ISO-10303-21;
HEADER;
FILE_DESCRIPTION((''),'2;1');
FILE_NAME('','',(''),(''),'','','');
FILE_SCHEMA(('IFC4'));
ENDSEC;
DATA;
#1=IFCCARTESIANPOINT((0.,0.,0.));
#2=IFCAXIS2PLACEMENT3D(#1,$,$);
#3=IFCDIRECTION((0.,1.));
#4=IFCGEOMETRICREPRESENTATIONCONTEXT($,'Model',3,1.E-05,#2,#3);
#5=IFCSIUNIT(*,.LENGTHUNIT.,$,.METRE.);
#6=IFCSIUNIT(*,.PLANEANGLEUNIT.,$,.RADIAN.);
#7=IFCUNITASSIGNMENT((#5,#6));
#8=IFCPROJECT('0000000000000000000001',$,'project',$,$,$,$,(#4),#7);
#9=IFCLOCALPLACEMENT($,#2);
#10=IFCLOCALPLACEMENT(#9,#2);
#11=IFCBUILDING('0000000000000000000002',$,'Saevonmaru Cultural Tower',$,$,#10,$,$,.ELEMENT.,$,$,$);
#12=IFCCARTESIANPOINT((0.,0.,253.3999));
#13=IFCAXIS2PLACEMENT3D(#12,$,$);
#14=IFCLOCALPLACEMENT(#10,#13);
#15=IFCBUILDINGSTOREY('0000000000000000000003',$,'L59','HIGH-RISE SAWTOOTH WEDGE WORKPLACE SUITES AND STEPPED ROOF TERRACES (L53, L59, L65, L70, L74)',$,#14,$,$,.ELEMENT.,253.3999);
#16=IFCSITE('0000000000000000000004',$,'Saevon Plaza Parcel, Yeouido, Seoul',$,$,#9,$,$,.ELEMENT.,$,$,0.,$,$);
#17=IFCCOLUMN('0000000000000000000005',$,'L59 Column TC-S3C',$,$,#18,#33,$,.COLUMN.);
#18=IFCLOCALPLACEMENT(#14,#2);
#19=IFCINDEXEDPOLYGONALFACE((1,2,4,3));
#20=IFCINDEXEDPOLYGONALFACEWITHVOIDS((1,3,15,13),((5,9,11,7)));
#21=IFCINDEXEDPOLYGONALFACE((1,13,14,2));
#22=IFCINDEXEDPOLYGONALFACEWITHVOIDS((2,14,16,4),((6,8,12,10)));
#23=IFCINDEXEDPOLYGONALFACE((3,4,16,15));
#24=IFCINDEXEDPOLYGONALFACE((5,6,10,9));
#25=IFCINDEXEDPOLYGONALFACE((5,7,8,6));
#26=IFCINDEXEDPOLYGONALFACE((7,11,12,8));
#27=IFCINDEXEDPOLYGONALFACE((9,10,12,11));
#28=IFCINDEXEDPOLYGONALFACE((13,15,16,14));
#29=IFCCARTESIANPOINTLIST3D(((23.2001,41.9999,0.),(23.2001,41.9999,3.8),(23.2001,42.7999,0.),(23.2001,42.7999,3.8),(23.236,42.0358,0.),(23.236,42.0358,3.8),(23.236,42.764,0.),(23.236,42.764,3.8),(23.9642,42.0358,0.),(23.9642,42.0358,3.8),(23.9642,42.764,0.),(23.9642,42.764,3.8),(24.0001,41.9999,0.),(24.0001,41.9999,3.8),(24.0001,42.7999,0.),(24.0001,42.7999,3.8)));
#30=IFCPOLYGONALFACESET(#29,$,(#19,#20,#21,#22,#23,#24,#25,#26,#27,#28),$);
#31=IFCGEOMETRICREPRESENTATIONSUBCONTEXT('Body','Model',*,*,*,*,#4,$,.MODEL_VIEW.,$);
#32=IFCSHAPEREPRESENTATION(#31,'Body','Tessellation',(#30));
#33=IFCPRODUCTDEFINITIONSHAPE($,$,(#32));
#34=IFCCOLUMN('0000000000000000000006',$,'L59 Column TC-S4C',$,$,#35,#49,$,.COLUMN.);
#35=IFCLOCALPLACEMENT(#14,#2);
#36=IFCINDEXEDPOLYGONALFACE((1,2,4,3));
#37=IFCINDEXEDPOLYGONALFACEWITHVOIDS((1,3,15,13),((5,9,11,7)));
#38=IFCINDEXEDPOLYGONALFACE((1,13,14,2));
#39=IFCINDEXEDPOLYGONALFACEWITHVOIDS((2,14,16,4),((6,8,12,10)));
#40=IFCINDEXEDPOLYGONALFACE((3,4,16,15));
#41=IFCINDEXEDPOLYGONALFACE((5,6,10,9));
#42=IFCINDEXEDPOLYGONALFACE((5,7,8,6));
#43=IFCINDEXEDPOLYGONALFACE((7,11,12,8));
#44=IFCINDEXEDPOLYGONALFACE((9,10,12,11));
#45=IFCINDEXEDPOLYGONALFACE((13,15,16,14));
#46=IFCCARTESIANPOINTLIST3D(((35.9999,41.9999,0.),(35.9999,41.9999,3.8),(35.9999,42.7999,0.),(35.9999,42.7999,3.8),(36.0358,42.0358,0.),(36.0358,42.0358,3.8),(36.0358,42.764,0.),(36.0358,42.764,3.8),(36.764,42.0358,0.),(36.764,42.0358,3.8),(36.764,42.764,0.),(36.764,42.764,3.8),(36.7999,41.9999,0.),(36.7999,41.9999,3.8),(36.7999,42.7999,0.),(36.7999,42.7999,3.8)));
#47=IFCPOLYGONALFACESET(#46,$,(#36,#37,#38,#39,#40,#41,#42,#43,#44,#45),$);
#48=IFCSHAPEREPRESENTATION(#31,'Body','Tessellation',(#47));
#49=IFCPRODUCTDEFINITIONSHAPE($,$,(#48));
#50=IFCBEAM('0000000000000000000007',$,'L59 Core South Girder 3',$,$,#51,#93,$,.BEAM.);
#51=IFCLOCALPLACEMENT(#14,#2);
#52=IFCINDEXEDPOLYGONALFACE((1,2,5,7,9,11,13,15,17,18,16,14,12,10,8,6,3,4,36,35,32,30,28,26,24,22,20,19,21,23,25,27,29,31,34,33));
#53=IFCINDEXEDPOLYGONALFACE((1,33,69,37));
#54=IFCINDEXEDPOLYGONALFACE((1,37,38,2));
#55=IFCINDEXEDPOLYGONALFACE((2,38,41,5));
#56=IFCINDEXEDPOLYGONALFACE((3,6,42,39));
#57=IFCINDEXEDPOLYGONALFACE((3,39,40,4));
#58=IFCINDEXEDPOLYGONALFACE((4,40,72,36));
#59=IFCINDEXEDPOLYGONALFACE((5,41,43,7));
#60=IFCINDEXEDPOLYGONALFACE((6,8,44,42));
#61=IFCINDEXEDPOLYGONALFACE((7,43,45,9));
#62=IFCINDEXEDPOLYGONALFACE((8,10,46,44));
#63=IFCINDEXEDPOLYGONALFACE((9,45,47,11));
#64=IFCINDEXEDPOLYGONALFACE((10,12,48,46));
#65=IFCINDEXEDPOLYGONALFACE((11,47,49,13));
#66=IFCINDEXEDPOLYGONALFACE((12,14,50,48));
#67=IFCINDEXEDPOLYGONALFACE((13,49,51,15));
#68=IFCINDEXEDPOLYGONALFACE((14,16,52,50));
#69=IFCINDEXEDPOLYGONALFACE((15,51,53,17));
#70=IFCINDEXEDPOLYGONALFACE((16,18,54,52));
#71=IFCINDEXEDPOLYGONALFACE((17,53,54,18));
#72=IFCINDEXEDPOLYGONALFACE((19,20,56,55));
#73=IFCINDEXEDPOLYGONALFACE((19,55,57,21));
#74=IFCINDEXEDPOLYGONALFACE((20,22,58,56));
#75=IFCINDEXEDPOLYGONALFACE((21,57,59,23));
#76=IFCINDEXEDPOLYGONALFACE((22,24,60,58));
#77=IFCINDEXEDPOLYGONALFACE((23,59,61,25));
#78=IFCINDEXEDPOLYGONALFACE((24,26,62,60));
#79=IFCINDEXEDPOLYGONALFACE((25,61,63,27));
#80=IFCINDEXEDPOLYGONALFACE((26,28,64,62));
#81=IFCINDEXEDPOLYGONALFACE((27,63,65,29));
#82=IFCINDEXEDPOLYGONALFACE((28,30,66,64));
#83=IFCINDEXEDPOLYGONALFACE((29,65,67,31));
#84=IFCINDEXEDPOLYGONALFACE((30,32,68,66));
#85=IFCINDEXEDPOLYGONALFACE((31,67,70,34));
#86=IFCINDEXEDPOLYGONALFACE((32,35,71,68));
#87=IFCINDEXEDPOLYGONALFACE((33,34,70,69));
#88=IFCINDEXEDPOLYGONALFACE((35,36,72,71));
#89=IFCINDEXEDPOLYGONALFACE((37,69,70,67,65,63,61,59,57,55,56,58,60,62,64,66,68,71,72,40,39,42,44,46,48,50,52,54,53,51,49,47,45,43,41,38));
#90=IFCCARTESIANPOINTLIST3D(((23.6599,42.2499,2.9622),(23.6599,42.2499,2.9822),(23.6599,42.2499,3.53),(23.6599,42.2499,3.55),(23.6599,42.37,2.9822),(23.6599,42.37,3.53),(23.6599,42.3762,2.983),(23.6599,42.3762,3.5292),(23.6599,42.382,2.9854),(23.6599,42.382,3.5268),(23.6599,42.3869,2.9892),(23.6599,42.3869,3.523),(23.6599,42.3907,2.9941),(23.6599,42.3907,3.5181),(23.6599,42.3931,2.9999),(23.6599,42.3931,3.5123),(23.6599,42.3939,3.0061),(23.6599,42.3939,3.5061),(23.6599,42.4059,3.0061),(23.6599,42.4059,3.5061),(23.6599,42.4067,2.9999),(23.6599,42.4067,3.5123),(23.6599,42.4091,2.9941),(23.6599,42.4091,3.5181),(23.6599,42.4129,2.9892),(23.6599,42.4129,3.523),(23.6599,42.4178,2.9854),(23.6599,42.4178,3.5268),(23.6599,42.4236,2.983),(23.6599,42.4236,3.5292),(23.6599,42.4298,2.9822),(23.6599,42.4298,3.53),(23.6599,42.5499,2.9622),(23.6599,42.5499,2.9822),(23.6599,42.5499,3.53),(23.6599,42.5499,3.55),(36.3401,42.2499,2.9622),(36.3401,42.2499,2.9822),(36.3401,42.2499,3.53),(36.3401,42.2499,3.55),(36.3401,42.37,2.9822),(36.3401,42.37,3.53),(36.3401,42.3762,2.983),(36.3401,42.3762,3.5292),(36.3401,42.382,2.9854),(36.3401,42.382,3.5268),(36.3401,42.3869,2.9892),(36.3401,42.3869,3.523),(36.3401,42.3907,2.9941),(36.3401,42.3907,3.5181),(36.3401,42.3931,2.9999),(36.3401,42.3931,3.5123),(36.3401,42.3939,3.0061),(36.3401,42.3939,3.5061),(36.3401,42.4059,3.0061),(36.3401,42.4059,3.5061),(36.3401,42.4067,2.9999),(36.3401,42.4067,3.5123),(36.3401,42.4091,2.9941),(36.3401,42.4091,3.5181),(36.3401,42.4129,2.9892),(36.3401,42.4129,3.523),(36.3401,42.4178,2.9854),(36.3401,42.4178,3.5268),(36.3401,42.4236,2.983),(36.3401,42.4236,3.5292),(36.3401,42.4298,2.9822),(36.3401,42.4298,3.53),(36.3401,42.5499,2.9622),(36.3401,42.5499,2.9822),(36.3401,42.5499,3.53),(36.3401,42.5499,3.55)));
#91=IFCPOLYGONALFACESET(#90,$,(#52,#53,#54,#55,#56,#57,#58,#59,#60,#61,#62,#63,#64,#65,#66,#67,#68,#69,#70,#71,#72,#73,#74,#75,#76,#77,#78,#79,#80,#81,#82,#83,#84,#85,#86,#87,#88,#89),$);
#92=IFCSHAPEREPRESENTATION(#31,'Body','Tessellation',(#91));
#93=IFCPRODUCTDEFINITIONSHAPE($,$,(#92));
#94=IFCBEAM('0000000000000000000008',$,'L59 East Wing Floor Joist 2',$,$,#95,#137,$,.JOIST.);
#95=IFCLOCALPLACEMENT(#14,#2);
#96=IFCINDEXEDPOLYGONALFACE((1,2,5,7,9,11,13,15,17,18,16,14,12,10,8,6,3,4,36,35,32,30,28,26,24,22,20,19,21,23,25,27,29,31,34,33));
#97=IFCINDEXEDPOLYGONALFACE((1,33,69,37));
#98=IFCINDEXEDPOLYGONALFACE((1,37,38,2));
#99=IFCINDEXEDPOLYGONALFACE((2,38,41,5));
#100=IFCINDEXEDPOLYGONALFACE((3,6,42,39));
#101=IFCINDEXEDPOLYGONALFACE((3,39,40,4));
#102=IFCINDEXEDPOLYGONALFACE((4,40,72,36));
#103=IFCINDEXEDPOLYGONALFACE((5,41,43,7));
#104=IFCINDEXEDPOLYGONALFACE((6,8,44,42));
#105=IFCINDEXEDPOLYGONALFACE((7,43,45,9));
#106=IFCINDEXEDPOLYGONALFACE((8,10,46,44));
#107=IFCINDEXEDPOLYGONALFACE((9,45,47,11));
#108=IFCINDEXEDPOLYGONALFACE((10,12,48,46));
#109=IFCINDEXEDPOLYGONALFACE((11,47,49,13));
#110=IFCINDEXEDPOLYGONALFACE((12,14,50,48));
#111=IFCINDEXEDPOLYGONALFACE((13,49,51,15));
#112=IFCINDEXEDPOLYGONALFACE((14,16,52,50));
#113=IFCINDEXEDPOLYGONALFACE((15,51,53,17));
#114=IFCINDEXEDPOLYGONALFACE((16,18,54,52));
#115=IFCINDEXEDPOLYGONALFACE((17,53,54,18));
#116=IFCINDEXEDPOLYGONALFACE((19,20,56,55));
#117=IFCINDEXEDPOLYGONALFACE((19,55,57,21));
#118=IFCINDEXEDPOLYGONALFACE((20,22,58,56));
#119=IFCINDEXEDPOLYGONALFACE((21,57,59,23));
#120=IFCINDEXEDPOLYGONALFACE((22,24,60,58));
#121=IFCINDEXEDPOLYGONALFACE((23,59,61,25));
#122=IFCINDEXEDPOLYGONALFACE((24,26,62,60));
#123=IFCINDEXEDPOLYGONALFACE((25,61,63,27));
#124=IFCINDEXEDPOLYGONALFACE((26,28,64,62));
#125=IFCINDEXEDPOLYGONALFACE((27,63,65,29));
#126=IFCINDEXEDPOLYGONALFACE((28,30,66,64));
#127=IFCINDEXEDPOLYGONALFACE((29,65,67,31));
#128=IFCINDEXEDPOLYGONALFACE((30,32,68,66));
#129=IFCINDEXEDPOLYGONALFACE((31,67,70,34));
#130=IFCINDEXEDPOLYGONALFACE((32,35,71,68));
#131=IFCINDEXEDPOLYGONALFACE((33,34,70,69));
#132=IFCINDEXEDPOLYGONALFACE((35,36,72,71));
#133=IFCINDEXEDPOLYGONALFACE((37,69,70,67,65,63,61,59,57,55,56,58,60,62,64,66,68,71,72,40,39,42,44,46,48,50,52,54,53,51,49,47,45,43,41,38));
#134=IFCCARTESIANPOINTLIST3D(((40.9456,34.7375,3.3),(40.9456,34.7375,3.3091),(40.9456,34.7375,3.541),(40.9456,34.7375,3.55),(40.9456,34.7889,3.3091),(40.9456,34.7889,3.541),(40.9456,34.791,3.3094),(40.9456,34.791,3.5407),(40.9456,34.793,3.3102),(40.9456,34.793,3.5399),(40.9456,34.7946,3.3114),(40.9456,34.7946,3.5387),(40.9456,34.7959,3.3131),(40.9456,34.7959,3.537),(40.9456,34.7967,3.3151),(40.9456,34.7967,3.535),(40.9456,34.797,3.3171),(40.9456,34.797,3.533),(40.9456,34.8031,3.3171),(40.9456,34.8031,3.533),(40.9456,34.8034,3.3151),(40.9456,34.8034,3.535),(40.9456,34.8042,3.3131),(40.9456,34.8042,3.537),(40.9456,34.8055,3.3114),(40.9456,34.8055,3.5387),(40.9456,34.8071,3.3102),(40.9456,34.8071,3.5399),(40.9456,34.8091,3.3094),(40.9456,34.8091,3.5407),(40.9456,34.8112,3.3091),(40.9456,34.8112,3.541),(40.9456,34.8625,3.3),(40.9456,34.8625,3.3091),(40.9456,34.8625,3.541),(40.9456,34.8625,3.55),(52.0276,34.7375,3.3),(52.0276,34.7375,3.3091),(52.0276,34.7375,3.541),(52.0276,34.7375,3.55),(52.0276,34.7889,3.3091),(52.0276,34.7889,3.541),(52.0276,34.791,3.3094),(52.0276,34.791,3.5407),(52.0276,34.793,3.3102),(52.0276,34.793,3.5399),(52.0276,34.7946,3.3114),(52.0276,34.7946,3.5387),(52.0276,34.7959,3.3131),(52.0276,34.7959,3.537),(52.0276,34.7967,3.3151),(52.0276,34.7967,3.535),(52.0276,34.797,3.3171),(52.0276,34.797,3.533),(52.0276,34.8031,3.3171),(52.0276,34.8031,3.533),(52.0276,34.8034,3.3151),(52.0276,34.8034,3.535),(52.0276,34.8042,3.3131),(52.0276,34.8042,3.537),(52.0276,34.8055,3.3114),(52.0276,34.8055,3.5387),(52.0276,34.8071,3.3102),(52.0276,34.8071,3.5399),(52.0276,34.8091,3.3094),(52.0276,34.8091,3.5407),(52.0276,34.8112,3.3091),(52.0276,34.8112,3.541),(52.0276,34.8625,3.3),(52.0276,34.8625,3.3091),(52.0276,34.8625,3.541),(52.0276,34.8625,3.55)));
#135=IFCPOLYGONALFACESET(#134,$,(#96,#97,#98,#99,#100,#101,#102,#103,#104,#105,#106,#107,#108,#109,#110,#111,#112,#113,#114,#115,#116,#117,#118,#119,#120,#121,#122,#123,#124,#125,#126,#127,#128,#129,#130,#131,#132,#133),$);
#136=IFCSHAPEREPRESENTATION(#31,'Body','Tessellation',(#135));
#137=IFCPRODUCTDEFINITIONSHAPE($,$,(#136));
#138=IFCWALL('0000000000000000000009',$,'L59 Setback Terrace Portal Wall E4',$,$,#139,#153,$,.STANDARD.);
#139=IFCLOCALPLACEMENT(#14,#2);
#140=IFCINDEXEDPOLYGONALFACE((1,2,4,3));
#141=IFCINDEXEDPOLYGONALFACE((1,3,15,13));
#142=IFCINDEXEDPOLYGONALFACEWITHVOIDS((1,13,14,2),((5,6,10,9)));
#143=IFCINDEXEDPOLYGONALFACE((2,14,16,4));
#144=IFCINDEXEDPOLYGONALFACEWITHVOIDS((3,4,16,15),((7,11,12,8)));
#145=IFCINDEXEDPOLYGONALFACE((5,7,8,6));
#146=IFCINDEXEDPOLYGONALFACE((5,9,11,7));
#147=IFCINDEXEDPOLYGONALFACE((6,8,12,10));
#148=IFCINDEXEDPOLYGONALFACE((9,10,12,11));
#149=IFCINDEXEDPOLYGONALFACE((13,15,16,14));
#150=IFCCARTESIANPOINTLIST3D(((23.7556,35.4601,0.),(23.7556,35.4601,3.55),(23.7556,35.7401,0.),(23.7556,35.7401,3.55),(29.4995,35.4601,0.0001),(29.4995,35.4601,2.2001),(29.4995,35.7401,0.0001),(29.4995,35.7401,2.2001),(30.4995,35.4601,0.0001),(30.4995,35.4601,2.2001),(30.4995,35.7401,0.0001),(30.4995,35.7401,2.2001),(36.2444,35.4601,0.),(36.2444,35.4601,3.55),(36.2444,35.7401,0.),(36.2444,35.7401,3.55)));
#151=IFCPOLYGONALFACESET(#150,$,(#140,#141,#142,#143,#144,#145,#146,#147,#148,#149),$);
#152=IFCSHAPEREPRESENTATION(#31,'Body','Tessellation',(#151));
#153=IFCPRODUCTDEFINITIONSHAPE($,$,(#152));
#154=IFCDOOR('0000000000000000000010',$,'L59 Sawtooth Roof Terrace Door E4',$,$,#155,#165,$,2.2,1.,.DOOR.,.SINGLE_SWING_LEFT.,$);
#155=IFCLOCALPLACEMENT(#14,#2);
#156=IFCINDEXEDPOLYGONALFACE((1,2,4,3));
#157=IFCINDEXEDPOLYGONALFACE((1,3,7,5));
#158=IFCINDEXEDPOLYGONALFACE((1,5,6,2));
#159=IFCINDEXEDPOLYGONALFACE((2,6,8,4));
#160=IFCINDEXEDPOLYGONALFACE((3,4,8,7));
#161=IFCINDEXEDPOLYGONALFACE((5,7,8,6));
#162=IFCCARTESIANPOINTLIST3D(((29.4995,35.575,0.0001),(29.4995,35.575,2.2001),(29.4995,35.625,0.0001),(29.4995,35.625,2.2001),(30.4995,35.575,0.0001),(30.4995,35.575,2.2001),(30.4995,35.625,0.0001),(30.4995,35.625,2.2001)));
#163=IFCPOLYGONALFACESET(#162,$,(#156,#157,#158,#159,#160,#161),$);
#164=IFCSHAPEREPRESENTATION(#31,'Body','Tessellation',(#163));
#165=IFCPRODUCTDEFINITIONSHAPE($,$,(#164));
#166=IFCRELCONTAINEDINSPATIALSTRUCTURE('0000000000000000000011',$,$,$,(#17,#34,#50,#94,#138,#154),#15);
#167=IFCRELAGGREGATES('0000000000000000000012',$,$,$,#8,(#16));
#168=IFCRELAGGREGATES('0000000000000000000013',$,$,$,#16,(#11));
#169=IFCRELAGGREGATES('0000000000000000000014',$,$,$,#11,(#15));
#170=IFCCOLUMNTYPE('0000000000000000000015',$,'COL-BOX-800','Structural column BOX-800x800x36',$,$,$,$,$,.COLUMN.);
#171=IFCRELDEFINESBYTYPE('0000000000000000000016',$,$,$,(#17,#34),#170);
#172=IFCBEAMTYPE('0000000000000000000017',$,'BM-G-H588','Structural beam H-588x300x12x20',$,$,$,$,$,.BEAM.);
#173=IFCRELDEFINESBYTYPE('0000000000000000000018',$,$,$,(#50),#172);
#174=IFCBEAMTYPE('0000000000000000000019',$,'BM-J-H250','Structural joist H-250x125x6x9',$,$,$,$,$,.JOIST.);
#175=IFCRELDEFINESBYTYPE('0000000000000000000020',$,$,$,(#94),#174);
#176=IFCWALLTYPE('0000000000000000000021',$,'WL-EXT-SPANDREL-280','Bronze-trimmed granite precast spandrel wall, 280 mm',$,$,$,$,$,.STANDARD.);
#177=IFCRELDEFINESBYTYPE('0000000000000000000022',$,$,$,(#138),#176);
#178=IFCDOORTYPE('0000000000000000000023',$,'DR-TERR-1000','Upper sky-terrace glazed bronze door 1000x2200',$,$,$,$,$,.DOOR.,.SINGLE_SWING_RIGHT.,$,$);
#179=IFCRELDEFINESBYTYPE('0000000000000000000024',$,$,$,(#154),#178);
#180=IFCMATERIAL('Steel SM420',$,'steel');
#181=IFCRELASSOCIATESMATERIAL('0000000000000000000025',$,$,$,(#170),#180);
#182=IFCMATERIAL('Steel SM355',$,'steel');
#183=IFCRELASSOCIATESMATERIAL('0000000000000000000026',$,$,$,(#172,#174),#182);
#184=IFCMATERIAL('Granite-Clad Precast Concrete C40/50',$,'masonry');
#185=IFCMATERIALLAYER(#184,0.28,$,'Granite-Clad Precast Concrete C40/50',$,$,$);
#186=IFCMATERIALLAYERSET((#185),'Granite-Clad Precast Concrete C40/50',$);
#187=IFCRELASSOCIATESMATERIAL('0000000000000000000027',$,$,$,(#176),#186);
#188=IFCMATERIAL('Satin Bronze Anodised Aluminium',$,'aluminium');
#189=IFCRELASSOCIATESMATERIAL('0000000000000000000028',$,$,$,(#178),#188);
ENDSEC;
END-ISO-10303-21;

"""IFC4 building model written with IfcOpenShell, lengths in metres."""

from ifc_helpers import new_model, si_unit, direction, frame, frame_2d, origin, origin_2d, place, context, subcontext, project, spatial, rectangle, hollow_rectangle, i_section, extrude, material, layer, layer_set, material_profile, profile_set, type_object, element, fill, save


model = new_model("IFC4")

# Units and contexts
model_context = context("Model", 3, precision=1e-05, world=origin(), true_north=direction((0.0, 1.0)))
body_context = subcontext(model_context, "Body", "Model", "MODEL_VIEW")
ifc_project = project(units=[si_unit("LENGTHUNIT", "METRE"), si_unit("PLANEANGLEUNIT", "RADIAN")], contexts=[model_context])

# Site, building, storey
site_placement = place(None, origin())
site = spatial("IfcSite", under=ifc_project, at=site_placement, Name="Saevon Plaza Parcel, Yeouido, Seoul", CompositionType="ELEMENT", RefElevation=0.0)
building_placement = place(site_placement, origin())
building = spatial("IfcBuilding", under=site, at=building_placement, Name="Saevonmaru Cultural Tower", CompositionType="ELEMENT")
storey_placement = place(building_placement, frame((0.0, 0.0, 253.3999)))
storey = spatial("IfcBuildingStorey", under=building, at=storey_placement, Name="L59", Description="HIGH-RISE SAWTOOTH WEDGE WORKPLACE SUITES AND STEPPED ROOF TERRACES (L53, L59, L65, L70, L74)", CompositionType="ELEMENT", Elevation=253.3999)

# Columns
ifc_material_1 = material(Name="Steel SM420", Category="steel")
ifc_material_profile_1 = material_profile(ifc_material_1, hollow_rectangle(XDim=0.8, YDim=0.8, WallThickness=0.0359, at=origin_2d()), Name="BOX-800x800x36")
ifc_profile_set_1 = profile_set([ifc_material_profile_1], Name="Steel SM420")
column_type = type_object("IfcColumnType", Name="COL-BOX-800", Description="Structural column BOX-800x800x36", PredefinedType="COLUMN", material=ifc_profile_set_1)
for number, where, z_axis, x_axis, name in (
    (1, (23.6001, 42.3999, 0.0), (0.0, 0.0, 1.0), (1.0, 0.0, 0.0), "L59 Column TC-S3C"),
    (2, (36.3999, 42.3999, 0.0), (0.0, 0.0, 1.0), (1.0, 0.0, 0.0), "L59 Column TC-S4C"),
):
    element("IfcColumn", number, at=place(storey_placement, frame(where, z_axis=z_axis, x_axis=x_axis)), inside=storey, type_object=column_type, Name=name, PredefinedType="COLUMN", context=body_context, shape_type="SweptSolid", body=[
        extrude(hollow_rectangle(XDim=0.8, YDim=0.8, WallThickness=0.0359, at=origin_2d()), origin(), (0.0, 0.0, 1.0), 3.8),
    ])

# Beams
ifc_material_2 = material(Name="Steel SM355", Category="steel")
ifc_material_profile_2 = material_profile(ifc_material_2, i_section(OverallWidth=0.3, OverallDepth=0.5879, WebThickness=0.012, FlangeThickness=0.02, FilletRadius=0.0239, at=origin_2d()), Name="H-588x300x12x20")
ifc_profile_set_2 = profile_set([ifc_material_profile_2], Name="Steel SM355")
beam_type_1 = type_object("IfcBeamType", Name="BM-G-H588", Description="Structural beam H-588x300x12x20", PredefinedType="BEAM", material=ifc_profile_set_2)
beam_1_placement = place(storey_placement, frame((23.6599, 42.3999, 3.2561), z_axis=(1.0, 0.0, 0.0), x_axis=(0.0, 1.0, 0.0)))
element("IfcBeam", 3, at=beam_1_placement, inside=storey, type_object=beam_type_1, Name="L59 Core South Girder 3", PredefinedType="BEAM", context=body_context, shape_type="SweptSolid", body=[
    extrude(i_section(OverallWidth=0.3, OverallDepth=0.5879, WebThickness=0.012, FlangeThickness=0.02, FilletRadius=0.0239, at=origin_2d()), origin(), (0.0, 0.0, 1.0), 12.6802),
])
ifc_material_profile_3 = material_profile(ifc_material_2, i_section(OverallWidth=0.125, OverallDepth=0.25, WebThickness=0.0061, FlangeThickness=0.009, FilletRadius=0.0081, at=origin_2d()), Name="H-250x125x6x9")
ifc_profile_set_3 = profile_set([ifc_material_profile_3], Name="Steel SM355")
beam_type_2 = type_object("IfcBeamType", Name="BM-J-H250", Description="Structural joist H-250x125x6x9", PredefinedType="JOIST", material=ifc_profile_set_3)
beam_2_placement = place(storey_placement, frame((40.9456, 34.8, 3.425), z_axis=(1.0, 0.0, 0.0), x_axis=(0.0, 1.0, 0.0)))
element("IfcBeam", 4, at=beam_2_placement, inside=storey, type_object=beam_type_2, Name="L59 East Wing Floor Joist 2", PredefinedType="JOIST", context=body_context, shape_type="SweptSolid", body=[
    extrude(i_section(OverallWidth=0.125, OverallDepth=0.25, WebThickness=0.0061, FlangeThickness=0.009, FilletRadius=0.0081, at=origin_2d()), origin(), (0.0, 0.0, 1.0), 11.082),
])

# Wall, opening, door
ifc_material_3 = material(Name="Granite-Clad Precast Concrete C40/50", Category="masonry")
ifc_layer_1 = layer(ifc_material_3, 0.28, Name="Granite-Clad Precast Concrete C40/50")
ifc_layer_set_1 = layer_set([ifc_layer_1], Name="Granite-Clad Precast Concrete C40/50")
wall_type_1 = type_object("IfcWallType", Name="WL-EXT-SPANDREL-280", Description="Bronze-trimmed granite precast spandrel wall, 280 mm", PredefinedType="STANDARD", material=ifc_layer_set_1)
wall_1_placement = place(storey_placement, frame((23.7556, 35.6001, 0.0), z_axis=(0.0, 0.0, 1.0), x_axis=(1.0, 0.0, 0.0)))
wall_1 = element("IfcWall", 5, at=wall_1_placement, inside=storey, type_object=wall_type_1, Name="L59 Setback Terrace Portal Wall E4", PredefinedType="STANDARD", context=body_context, shape_type="SweptSolid", body=[
    extrude(rectangle(XDim=12.4888, YDim=0.28, at=frame_2d((6.2444, 0.0))), origin(), (0.0, 0.0, 1.0), 3.55),
])
opening_1_placement = place(wall_1_placement, frame((5.7439, 0.0, 0.0)))
opening_1 = element("IfcOpeningElement", 6, at=opening_1_placement, cuts=wall_1, PredefinedType="OPENING", context=body_context, shape_type="SweptSolid", body=[
    extrude(rectangle(XDim=1.0, YDim=2.2, at=frame_2d((0.5, 1.1001))), frame((0.0, 0.1499, 0.0), z_axis=(0.0, -1.0, 0.0), x_axis=(1.0, 0.0, 0.0)), (0.0, 0.0, 1.0), 0.3),
])
ifc_material_4 = material(Name="Satin Bronze Anodised Aluminium", Category="aluminium")
door_type_1 = type_object("IfcDoorType", Name="DR-TERR-1000", Description="Upper sky-terrace glazed bronze door 1000x2200", OperationType="SINGLE_SWING_RIGHT", PredefinedType="DOOR", material=ifc_material_4)
door_1_placement = place(opening_1_placement, origin())
door_1 = element("IfcDoor", 7, at=door_1_placement, inside=storey, type_object=door_type_1, Name="L59 Sawtooth Roof Terrace Door E4", OperationType="SINGLE_SWING_LEFT", OverallHeight=2.2, OverallWidth=1.0, PredefinedType="DOOR", context=body_context, shape_type="SweptSolid", body=[
    extrude(rectangle(XDim=1.0, YDim=2.2, at=frame_2d((0.5, 1.1001))), frame((0.0, 0.0249, 0.0), z_axis=(0.0, -1.0, 0.0), x_axis=(1.0, 0.0, 0.0)), (0.0, 0.0, 1.0), 0.05),
])
fill(opening_1, door_1)

save(model, "model.ifc")
